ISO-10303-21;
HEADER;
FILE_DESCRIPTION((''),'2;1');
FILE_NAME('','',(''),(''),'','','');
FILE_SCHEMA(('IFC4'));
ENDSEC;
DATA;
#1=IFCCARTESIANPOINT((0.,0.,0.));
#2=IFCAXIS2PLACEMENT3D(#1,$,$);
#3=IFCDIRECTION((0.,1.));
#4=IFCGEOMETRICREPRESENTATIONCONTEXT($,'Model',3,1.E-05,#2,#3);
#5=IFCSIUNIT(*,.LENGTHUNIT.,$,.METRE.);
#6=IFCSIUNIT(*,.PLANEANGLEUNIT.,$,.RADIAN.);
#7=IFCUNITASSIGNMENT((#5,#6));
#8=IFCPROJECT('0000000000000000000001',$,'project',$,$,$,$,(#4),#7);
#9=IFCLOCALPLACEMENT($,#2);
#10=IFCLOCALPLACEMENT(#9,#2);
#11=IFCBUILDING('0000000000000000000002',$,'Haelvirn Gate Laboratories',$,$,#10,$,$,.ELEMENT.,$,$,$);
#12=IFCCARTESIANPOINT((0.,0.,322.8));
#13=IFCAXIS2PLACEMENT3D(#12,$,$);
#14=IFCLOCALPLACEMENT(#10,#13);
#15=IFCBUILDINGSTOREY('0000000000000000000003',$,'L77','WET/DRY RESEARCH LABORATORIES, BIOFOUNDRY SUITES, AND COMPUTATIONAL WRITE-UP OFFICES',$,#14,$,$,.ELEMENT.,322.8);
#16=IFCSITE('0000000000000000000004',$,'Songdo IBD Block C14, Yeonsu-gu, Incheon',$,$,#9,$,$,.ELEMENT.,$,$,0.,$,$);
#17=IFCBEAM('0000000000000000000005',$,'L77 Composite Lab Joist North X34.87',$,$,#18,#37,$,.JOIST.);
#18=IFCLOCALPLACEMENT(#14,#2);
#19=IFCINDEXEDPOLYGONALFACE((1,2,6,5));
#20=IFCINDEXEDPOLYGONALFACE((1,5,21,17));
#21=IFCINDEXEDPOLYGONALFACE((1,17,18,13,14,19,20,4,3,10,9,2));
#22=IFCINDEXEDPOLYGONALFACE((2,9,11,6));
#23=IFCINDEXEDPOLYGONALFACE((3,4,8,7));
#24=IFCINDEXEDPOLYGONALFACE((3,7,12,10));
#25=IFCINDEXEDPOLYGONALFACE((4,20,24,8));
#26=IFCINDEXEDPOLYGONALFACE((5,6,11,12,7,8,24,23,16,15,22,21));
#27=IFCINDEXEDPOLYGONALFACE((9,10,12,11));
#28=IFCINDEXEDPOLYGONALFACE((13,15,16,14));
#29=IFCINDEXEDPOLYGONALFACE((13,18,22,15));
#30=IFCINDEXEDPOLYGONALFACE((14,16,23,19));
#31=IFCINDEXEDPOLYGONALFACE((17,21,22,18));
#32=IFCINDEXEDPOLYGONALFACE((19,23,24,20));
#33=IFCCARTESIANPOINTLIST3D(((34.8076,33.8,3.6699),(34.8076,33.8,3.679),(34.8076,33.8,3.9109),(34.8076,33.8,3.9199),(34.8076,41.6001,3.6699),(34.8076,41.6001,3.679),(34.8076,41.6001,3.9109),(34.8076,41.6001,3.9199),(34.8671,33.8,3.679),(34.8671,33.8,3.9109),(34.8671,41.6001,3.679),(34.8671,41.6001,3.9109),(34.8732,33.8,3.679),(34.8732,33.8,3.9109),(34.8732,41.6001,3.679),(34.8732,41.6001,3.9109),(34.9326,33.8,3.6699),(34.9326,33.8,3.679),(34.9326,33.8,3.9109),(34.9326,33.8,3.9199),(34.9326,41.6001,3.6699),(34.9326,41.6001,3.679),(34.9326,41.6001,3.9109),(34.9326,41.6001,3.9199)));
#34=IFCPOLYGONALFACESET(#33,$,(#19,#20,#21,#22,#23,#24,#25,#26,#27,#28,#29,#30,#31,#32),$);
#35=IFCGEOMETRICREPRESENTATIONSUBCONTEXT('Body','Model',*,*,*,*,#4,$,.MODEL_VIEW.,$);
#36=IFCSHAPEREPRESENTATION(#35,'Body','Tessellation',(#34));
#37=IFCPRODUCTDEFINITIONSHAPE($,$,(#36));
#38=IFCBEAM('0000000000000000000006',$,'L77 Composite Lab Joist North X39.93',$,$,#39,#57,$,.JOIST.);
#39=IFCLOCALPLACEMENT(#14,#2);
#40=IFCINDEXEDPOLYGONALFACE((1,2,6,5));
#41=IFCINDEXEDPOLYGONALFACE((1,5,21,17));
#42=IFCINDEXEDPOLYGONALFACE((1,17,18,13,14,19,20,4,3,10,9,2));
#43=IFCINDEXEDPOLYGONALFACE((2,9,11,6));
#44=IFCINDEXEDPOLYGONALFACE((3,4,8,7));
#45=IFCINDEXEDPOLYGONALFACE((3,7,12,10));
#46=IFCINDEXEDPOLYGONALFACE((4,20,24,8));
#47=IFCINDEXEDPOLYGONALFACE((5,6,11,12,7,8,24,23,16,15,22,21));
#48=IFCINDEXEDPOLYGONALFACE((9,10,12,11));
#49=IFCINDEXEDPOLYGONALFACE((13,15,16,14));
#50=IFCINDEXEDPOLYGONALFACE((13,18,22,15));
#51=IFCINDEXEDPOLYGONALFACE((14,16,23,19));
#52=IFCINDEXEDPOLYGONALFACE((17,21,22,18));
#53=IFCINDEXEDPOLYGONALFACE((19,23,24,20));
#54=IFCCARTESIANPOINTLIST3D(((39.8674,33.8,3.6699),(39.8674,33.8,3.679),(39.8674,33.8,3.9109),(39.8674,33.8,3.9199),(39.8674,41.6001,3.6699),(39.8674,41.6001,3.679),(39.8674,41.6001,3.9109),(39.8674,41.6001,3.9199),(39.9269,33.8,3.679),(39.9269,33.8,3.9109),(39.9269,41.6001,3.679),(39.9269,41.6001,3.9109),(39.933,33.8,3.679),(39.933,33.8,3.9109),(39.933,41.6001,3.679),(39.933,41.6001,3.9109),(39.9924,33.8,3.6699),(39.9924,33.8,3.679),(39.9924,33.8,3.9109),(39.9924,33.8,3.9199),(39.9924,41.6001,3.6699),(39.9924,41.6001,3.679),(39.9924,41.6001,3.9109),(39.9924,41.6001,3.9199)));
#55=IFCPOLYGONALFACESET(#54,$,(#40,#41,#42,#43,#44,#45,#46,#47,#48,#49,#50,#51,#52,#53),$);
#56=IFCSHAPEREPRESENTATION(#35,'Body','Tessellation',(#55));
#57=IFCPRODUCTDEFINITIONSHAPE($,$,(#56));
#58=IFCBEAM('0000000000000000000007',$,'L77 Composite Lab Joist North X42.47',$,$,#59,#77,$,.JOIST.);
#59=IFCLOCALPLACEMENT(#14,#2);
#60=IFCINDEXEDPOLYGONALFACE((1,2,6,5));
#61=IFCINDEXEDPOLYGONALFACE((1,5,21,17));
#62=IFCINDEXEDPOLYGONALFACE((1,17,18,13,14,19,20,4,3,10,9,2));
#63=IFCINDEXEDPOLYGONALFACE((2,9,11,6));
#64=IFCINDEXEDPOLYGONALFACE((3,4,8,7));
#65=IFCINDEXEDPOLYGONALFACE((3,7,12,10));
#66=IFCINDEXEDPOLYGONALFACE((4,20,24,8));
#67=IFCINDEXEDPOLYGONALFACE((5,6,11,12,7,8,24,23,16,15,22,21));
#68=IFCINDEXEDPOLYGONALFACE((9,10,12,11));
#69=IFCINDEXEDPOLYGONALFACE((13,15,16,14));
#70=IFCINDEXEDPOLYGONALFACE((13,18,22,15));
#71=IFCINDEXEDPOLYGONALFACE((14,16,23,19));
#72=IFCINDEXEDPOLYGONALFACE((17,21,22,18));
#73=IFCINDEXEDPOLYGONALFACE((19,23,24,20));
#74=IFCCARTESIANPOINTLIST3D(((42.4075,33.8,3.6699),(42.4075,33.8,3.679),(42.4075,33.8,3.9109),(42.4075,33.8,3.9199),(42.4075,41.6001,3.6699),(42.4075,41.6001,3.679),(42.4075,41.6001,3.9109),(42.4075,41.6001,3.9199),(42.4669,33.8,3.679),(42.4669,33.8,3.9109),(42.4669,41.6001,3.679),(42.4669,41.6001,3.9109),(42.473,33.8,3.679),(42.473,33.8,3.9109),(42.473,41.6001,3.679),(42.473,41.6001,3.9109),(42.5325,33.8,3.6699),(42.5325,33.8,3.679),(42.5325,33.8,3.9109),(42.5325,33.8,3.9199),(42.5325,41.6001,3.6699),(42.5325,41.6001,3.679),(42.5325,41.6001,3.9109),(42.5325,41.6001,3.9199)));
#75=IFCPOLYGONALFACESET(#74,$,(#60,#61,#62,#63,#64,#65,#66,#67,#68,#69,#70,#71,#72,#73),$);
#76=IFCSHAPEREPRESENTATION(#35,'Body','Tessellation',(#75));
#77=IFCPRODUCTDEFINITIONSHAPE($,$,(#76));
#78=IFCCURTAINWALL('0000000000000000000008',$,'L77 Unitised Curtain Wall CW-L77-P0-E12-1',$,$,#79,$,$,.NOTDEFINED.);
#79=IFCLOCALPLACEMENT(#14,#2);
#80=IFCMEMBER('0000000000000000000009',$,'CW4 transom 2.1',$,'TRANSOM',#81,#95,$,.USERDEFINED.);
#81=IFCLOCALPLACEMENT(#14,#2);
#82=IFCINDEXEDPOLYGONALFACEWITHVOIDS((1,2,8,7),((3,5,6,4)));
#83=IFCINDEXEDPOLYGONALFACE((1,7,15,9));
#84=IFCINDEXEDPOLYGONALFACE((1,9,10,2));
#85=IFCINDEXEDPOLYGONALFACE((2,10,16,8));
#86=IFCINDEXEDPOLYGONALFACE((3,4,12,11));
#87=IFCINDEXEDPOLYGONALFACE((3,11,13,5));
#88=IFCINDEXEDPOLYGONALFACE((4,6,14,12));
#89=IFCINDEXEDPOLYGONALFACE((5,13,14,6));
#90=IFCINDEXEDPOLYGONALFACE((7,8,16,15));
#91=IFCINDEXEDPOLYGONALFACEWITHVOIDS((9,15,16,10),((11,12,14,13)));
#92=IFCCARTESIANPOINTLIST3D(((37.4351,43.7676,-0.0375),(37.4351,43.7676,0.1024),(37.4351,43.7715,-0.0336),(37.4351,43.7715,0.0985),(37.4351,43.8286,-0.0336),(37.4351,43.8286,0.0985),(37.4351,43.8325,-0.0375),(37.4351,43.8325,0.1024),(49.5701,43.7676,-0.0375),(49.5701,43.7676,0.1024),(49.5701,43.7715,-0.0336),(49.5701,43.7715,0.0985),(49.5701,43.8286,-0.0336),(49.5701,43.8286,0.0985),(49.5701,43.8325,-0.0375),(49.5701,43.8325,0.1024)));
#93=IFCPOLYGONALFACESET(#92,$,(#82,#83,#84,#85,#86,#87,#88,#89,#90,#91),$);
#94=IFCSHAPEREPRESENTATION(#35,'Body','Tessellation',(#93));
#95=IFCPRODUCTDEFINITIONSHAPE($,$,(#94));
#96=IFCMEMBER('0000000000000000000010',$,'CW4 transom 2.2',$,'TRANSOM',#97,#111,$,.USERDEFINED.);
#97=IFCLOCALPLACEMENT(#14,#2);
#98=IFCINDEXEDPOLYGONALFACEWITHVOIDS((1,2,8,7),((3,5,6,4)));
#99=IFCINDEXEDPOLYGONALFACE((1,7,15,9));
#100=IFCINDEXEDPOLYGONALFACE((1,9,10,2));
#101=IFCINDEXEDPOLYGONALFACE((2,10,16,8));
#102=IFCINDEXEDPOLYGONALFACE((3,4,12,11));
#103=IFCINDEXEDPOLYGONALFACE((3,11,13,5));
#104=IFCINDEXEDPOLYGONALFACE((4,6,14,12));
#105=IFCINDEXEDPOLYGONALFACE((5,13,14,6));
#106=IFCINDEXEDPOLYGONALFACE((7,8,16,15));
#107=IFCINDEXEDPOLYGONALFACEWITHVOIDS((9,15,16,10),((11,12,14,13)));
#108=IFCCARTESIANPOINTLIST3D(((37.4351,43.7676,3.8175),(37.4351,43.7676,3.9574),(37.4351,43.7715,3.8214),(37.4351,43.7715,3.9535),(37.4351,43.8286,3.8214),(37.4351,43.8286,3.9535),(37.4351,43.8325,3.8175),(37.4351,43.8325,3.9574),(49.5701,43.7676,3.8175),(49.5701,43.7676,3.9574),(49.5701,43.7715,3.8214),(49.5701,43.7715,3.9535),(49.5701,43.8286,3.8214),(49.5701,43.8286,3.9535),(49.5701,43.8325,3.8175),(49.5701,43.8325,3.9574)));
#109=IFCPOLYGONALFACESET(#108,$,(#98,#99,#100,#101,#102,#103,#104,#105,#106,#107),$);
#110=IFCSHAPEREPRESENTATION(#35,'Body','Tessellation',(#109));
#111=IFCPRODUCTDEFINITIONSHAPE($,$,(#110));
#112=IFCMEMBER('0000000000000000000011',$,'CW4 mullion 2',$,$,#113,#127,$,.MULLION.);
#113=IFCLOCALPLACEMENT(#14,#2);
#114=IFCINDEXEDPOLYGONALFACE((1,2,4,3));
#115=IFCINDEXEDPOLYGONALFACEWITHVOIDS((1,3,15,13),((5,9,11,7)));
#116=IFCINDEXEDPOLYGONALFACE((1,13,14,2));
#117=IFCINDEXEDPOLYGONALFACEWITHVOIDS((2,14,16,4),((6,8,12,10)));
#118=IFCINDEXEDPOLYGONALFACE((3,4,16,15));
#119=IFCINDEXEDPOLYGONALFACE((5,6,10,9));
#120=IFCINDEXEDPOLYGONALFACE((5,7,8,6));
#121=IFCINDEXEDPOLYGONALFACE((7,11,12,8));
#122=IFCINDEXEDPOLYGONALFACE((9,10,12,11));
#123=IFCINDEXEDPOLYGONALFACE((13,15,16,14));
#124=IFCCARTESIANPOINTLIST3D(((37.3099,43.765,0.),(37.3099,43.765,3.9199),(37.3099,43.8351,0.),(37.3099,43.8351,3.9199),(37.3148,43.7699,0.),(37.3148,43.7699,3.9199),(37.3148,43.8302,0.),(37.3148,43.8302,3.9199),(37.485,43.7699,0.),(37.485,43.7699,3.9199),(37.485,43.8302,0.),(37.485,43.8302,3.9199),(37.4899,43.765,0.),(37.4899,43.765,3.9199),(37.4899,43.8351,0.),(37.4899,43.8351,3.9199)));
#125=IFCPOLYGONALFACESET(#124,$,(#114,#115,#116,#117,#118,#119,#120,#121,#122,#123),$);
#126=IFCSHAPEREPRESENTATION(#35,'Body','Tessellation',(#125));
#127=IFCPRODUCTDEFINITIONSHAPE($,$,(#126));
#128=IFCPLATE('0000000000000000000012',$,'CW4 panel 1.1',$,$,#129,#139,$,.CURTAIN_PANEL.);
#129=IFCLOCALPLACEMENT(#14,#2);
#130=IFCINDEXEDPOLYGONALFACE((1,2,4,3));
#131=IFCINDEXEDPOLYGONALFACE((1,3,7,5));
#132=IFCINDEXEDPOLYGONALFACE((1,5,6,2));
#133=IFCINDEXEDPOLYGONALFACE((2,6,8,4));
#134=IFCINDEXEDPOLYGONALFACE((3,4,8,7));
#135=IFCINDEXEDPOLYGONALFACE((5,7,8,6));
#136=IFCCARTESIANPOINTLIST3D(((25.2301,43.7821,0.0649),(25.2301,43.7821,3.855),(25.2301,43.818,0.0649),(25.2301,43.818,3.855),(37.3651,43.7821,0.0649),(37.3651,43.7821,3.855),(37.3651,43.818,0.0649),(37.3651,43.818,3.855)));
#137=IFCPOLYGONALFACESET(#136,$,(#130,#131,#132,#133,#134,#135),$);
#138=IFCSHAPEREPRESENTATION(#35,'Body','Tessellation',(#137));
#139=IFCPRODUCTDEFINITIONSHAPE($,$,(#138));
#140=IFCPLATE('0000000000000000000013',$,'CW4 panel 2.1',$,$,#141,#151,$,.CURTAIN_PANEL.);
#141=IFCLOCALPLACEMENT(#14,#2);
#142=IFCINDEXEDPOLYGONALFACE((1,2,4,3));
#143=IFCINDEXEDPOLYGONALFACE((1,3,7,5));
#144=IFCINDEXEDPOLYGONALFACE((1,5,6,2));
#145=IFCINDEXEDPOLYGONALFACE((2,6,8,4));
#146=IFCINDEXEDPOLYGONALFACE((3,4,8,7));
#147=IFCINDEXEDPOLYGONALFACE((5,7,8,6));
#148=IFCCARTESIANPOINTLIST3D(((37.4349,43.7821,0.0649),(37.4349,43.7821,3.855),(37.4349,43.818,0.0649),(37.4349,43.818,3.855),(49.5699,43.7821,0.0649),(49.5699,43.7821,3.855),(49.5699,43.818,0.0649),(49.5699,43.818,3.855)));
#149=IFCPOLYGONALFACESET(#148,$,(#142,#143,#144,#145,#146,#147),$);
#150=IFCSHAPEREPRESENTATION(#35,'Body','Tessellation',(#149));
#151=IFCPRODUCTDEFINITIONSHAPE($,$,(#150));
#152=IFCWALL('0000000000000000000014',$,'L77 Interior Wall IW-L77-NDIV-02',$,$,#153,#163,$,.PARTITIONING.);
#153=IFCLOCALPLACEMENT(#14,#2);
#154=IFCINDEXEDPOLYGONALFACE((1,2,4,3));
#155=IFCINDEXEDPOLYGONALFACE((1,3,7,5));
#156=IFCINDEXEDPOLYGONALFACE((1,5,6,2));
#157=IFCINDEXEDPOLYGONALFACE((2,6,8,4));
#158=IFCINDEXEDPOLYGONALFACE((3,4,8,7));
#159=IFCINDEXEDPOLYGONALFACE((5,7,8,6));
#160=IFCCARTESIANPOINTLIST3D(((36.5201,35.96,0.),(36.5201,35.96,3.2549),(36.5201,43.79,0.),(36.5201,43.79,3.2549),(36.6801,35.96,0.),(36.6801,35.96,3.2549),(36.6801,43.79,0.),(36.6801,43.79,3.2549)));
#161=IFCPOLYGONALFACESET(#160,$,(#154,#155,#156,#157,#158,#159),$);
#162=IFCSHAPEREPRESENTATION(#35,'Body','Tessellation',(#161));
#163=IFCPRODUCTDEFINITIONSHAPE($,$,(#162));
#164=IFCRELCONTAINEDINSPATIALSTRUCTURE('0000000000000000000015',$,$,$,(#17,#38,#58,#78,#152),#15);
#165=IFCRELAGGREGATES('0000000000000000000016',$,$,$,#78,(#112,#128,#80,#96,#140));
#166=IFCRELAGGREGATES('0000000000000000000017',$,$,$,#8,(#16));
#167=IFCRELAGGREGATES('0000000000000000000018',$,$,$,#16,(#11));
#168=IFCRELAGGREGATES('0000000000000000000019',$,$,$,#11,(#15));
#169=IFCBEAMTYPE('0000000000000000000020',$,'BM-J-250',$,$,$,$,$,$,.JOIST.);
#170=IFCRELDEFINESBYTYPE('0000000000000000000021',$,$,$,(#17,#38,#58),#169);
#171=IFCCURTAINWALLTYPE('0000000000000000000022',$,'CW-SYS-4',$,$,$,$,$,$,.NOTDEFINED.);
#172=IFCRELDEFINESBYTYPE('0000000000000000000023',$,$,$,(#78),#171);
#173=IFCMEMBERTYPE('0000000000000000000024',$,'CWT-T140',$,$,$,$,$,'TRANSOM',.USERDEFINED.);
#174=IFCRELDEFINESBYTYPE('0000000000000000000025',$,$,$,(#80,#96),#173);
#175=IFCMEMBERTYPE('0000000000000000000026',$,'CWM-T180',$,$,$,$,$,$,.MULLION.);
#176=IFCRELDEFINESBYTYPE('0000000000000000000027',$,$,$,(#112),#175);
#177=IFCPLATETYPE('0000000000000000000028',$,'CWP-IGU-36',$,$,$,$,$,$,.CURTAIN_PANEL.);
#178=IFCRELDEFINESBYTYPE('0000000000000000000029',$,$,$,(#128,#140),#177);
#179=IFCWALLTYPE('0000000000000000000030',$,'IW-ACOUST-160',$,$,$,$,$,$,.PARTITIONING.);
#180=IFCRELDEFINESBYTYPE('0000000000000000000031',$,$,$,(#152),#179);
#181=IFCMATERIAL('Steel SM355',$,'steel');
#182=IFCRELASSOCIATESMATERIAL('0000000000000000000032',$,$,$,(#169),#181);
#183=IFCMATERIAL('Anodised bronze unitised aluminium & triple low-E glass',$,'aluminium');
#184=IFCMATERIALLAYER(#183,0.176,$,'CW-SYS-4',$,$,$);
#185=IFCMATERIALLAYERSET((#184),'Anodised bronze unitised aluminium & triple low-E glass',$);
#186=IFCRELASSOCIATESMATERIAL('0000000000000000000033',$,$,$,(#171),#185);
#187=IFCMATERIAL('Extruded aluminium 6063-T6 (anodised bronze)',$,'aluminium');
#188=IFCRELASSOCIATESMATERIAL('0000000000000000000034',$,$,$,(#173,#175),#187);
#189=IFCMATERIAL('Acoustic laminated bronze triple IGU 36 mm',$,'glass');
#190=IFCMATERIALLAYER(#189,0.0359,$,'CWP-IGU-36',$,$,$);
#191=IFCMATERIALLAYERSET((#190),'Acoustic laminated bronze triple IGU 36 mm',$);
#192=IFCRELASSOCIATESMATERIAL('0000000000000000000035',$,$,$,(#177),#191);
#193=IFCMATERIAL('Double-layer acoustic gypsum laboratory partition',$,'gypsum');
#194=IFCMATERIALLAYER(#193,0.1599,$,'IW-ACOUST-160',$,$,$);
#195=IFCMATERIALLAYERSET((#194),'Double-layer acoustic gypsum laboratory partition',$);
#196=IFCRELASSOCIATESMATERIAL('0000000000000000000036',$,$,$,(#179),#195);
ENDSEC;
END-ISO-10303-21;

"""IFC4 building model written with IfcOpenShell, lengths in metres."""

from ifc_helpers import new_model, si_unit, direction, frame, frame_2d, origin, origin_2d, place, context, subcontext, project, spatial, rectangle, hollow_rectangle, i_section, extrude, source, transform, mapped, material, layer, layer_set, material_profile, profile_set, type_object, type_shapes, element, aggregate, save


model = new_model("IFC4")

# Units and contexts
model_context = context("Model", 3, precision=1e-05, world=origin(), true_north=direction((0.0, 1.0)))
body_context = subcontext(model_context, "Body", "Model", "MODEL_VIEW")
ifc_project = project(units=[si_unit("LENGTHUNIT", "METRE"), si_unit("PLANEANGLEUNIT", "RADIAN")], contexts=[model_context])

# Site, building, storey
site_placement = place(None, origin())
site = spatial("IfcSite", under=ifc_project, at=site_placement, Name="Songdo IBD Block C14, Yeonsu-gu, Incheon", CompositionType="ELEMENT", RefElevation=0.0)
building_placement = place(site_placement, origin())
building = spatial("IfcBuilding", under=site, at=building_placement, Name="Haelvirn Gate Laboratories", CompositionType="ELEMENT")
storey_placement = place(building_placement, frame((0.0, 0.0, 322.8)))
storey = spatial("IfcBuildingStorey", under=building, at=storey_placement, Name="L77", Description="WET/DRY RESEARCH LABORATORIES, BIOFOUNDRY SUITES, AND COMPUTATIONAL WRITE-UP OFFICES", CompositionType="ELEMENT", Elevation=322.8)

# Shared definitions
ifc_material_1 = material(Name="Steel SM355", Category="steel")

# Beams
ifc_material_profile_1 = material_profile(ifc_material_1, i_section(OverallWidth=0.125, OverallDepth=0.25, WebThickness=0.0061, FlangeThickness=0.009, at=origin_2d()), Name="H-250x125x6x9")
ifc_profile_set_1 = profile_set([ifc_material_profile_1], Name="Steel SM355")
beam_type_1 = type_object("IfcBeamType", Name="BM-J-250", PredefinedType="JOIST", material=ifc_profile_set_1)
shared_shape_1 = source(origin(), body_context, "Body", "SweptSolid", [
    extrude(i_section(OverallWidth=0.125, OverallDepth=0.25, WebThickness=0.0061, FlangeThickness=0.009, at=origin_2d()), origin(), (0.0, 0.0, 1.0), 7.8),
])
type_shapes(beam_type_1, [shared_shape_1])
for number, where, z_axis, x_axis, name in (
    (1, (34.8701, 33.8, 3.7949), (0.0, 1.0, 0.0), (-1.0, 0.0, 0.0), "L77 Composite Lab Joist North X34.87"),
    (2, (39.9299, 33.8, 3.7949), (0.0, 1.0, 0.0), (-1.0, 0.0, 0.0), "L77 Composite Lab Joist North X39.93"),
    (3, (42.47, 33.8, 3.7949), (0.0, 1.0, 0.0), (-1.0, 0.0, 0.0), "L77 Composite Lab Joist North X42.47"),
):
    element("IfcBeam", number, at=place(storey_placement, frame(where, z_axis=z_axis, x_axis=x_axis)), inside=storey, type_object=beam_type_1, Name=name, PredefinedType="JOIST", context=body_context, shape_type="MappedRepresentation", body=[
        mapped(shared_shape_1, transform((0.0, 0.0, 0.0), scale=1.0)),
    ])

# Curtain wall, members, plates
ifc_material_2 = material(Name="Anodised bronze unitised aluminium & triple low-E glass", Category="aluminium")
ifc_layer_1 = layer(ifc_material_2, 0.176, Name="CW-SYS-4")
ifc_layer_set_1 = layer_set([ifc_layer_1], Name="Anodised bronze unitised aluminium & triple low-E glass")
curtain_wall_type = type_object("IfcCurtainWallType", Name="CW-SYS-4", PredefinedType="NOTDEFINED", material=ifc_layer_set_1)
curtain_wall_placement = place(storey_placement, origin())
curtain_wall = element("IfcCurtainWall", 4, at=curtain_wall_placement, inside=storey, type_object=curtain_wall_type, Name="L77 Unitised Curtain Wall CW-L77-P0-E12-1", PredefinedType="NOTDEFINED")
ifc_material_3 = material(Name="Extruded aluminium 6063-T6 (anodised bronze)", Category="aluminium")
ifc_material_profile_2 = material_profile(ifc_material_3, hollow_rectangle(XDim=0.0649, YDim=0.1399, WallThickness=0.0039, at=origin_2d()), Name="CWT-140x65x4")
ifc_profile_set_2 = profile_set([ifc_material_profile_2], Name="Extruded aluminium 6063-T6 (anodised bronze)")
member_type_1 = type_object("IfcMemberType", Name="CWT-T140", ElementType="TRANSOM", PredefinedType="USERDEFINED", material=ifc_profile_set_2)
shared_shape_2 = source(origin(), body_context, "Body", "SweptSolid", [
    extrude(hollow_rectangle(XDim=0.0649, YDim=0.1399, WallThickness=0.0039, at=origin_2d()), origin(), (0.0, 0.0, 1.0), 12.135),
])
type_shapes(member_type_1, [shared_shape_2])
member_1_placement = place(storey_placement, frame((37.4351, 43.8, 0.0325), z_axis=(1.0, 0.0, 0.0), x_axis=(0.0, 1.0, 0.0)))
member_1 = element("IfcMember", 5, at=member_1_placement, type_object=member_type_1, Name="CW4 transom 2.1", ObjectType="TRANSOM", PredefinedType="USERDEFINED", context=body_context, shape_type="MappedRepresentation", body=[
    mapped(shared_shape_2, transform((0.0, 0.0, 0.0), scale=1.0)),
])
member_2_placement = place(storey_placement, frame((37.4351, 43.8, 3.8875), z_axis=(1.0, 0.0, 0.0), x_axis=(0.0, 1.0, 0.0)))
member_2 = element("IfcMember", 6, at=member_2_placement, type_object=member_type_1, Name="CW4 transom 2.2", ObjectType="TRANSOM", PredefinedType="USERDEFINED", context=body_context, shape_type="MappedRepresentation", body=[
    mapped(shared_shape_2, transform((0.0, 0.0, 0.0), scale=1.0)),
])
ifc_material_profile_3 = material_profile(ifc_material_3, hollow_rectangle(XDim=0.0701, YDim=0.1799, WallThickness=0.0049, at=origin_2d()), Name="CWM-180x70x5")
ifc_profile_set_3 = profile_set([ifc_material_profile_3], Name="Extruded aluminium 6063-T6 (anodised bronze)")
member_type_2 = type_object("IfcMemberType", Name="CWM-T180", PredefinedType="MULLION", material=ifc_profile_set_3)
shared_shape_3 = source(origin(), body_context, "Body", "SweptSolid", [
    extrude(hollow_rectangle(XDim=0.0701, YDim=0.1799, WallThickness=0.0049, at=origin_2d()), origin(), (0.0, 0.0, 1.0), 3.9199),
])
type_shapes(member_type_2, [shared_shape_3])
member_3_placement = place(storey_placement, frame((37.3999, 43.8, 0.0), z_axis=(0.0, 0.0, 1.0), x_axis=(0.0, 1.0, 0.0)))
member_3 = element("IfcMember", 7, at=member_3_placement, type_object=member_type_2, Name="CW4 mullion 2", PredefinedType="MULLION", context=body_context, shape_type="MappedRepresentation", body=[
    mapped(shared_shape_3, transform((0.0, 0.0, 0.0), scale=1.0)),
])
ifc_material_4 = material(Name="Acoustic laminated bronze triple IGU 36 mm", Category="glass")
ifc_layer_2 = layer(ifc_material_4, 0.0359, Name="CWP-IGU-36")
ifc_layer_set_2 = layer_set([ifc_layer_2], Name="Acoustic laminated bronze triple IGU 36 mm")
plate_type = type_object("IfcPlateType", Name="CWP-IGU-36", PredefinedType="CURTAIN_PANEL", material=ifc_layer_set_2)
shared_shape_4 = source(origin(), body_context, "Body", "SweptSolid", [
    extrude(rectangle(XDim=12.135, YDim=0.0359, at=origin_2d()), origin(), (0.0, 0.0, 1.0), 3.79),
])
type_shapes(plate_type, [shared_shape_4])
plate_1_placement = place(storey_placement, frame((31.2976, 43.8, 0.0649), z_axis=(0.0, 0.0, 1.0), x_axis=(1.0, 0.0, 0.0)))
plate_1 = element("IfcPlate", 8, at=plate_1_placement, type_object=plate_type, Name="CW4 panel 1.1", PredefinedType="CURTAIN_PANEL", context=body_context, shape_type="MappedRepresentation", body=[
    mapped(shared_shape_4, transform((0.0, 0.0, 0.0), scale=1.0)),
])
plate_2_placement = place(storey_placement, frame((43.5024, 43.8, 0.0649), z_axis=(0.0, 0.0, 1.0), x_axis=(1.0, 0.0, 0.0)))
plate_2 = element("IfcPlate", 9, at=plate_2_placement, type_object=plate_type, Name="CW4 panel 2.1", PredefinedType="CURTAIN_PANEL", context=body_context, shape_type="MappedRepresentation", body=[
    mapped(shared_shape_4, transform((0.0, 0.0, 0.0), scale=1.0)),
])
aggregate(curtain_wall, [member_3, plate_1, member_1, member_2, plate_2])

# Wall
ifc_material_5 = material(Name="Double-layer acoustic gypsum laboratory partition", Category="gypsum")
ifc_layer_3 = layer(ifc_material_5, 0.1599, Name="IW-ACOUST-160")
ifc_layer_set_3 = layer_set([ifc_layer_3], Name="Double-layer acoustic gypsum laboratory partition")
wall_type_1 = type_object("IfcWallType", Name="IW-ACOUST-160", PredefinedType="PARTITIONING", material=ifc_layer_set_3)
wall_1_placement = place(storey_placement, frame((36.6001, 35.96, 0.0), z_axis=(0.0, 0.0, 1.0), x_axis=(0.0, 1.0, 0.0)))
element("IfcWall", 10, at=wall_1_placement, inside=storey, type_object=wall_type_1, Name="L77 Interior Wall IW-L77-NDIV-02", PredefinedType="PARTITIONING", context=body_context, shape_type="SweptSolid", body=[
    extrude(rectangle(XDim=7.8301, YDim=0.1599, at=frame_2d((3.915, 0.0))), origin(), (0.0, 0.0, 1.0), 3.2549),
])

save(model, "model.ifc")
